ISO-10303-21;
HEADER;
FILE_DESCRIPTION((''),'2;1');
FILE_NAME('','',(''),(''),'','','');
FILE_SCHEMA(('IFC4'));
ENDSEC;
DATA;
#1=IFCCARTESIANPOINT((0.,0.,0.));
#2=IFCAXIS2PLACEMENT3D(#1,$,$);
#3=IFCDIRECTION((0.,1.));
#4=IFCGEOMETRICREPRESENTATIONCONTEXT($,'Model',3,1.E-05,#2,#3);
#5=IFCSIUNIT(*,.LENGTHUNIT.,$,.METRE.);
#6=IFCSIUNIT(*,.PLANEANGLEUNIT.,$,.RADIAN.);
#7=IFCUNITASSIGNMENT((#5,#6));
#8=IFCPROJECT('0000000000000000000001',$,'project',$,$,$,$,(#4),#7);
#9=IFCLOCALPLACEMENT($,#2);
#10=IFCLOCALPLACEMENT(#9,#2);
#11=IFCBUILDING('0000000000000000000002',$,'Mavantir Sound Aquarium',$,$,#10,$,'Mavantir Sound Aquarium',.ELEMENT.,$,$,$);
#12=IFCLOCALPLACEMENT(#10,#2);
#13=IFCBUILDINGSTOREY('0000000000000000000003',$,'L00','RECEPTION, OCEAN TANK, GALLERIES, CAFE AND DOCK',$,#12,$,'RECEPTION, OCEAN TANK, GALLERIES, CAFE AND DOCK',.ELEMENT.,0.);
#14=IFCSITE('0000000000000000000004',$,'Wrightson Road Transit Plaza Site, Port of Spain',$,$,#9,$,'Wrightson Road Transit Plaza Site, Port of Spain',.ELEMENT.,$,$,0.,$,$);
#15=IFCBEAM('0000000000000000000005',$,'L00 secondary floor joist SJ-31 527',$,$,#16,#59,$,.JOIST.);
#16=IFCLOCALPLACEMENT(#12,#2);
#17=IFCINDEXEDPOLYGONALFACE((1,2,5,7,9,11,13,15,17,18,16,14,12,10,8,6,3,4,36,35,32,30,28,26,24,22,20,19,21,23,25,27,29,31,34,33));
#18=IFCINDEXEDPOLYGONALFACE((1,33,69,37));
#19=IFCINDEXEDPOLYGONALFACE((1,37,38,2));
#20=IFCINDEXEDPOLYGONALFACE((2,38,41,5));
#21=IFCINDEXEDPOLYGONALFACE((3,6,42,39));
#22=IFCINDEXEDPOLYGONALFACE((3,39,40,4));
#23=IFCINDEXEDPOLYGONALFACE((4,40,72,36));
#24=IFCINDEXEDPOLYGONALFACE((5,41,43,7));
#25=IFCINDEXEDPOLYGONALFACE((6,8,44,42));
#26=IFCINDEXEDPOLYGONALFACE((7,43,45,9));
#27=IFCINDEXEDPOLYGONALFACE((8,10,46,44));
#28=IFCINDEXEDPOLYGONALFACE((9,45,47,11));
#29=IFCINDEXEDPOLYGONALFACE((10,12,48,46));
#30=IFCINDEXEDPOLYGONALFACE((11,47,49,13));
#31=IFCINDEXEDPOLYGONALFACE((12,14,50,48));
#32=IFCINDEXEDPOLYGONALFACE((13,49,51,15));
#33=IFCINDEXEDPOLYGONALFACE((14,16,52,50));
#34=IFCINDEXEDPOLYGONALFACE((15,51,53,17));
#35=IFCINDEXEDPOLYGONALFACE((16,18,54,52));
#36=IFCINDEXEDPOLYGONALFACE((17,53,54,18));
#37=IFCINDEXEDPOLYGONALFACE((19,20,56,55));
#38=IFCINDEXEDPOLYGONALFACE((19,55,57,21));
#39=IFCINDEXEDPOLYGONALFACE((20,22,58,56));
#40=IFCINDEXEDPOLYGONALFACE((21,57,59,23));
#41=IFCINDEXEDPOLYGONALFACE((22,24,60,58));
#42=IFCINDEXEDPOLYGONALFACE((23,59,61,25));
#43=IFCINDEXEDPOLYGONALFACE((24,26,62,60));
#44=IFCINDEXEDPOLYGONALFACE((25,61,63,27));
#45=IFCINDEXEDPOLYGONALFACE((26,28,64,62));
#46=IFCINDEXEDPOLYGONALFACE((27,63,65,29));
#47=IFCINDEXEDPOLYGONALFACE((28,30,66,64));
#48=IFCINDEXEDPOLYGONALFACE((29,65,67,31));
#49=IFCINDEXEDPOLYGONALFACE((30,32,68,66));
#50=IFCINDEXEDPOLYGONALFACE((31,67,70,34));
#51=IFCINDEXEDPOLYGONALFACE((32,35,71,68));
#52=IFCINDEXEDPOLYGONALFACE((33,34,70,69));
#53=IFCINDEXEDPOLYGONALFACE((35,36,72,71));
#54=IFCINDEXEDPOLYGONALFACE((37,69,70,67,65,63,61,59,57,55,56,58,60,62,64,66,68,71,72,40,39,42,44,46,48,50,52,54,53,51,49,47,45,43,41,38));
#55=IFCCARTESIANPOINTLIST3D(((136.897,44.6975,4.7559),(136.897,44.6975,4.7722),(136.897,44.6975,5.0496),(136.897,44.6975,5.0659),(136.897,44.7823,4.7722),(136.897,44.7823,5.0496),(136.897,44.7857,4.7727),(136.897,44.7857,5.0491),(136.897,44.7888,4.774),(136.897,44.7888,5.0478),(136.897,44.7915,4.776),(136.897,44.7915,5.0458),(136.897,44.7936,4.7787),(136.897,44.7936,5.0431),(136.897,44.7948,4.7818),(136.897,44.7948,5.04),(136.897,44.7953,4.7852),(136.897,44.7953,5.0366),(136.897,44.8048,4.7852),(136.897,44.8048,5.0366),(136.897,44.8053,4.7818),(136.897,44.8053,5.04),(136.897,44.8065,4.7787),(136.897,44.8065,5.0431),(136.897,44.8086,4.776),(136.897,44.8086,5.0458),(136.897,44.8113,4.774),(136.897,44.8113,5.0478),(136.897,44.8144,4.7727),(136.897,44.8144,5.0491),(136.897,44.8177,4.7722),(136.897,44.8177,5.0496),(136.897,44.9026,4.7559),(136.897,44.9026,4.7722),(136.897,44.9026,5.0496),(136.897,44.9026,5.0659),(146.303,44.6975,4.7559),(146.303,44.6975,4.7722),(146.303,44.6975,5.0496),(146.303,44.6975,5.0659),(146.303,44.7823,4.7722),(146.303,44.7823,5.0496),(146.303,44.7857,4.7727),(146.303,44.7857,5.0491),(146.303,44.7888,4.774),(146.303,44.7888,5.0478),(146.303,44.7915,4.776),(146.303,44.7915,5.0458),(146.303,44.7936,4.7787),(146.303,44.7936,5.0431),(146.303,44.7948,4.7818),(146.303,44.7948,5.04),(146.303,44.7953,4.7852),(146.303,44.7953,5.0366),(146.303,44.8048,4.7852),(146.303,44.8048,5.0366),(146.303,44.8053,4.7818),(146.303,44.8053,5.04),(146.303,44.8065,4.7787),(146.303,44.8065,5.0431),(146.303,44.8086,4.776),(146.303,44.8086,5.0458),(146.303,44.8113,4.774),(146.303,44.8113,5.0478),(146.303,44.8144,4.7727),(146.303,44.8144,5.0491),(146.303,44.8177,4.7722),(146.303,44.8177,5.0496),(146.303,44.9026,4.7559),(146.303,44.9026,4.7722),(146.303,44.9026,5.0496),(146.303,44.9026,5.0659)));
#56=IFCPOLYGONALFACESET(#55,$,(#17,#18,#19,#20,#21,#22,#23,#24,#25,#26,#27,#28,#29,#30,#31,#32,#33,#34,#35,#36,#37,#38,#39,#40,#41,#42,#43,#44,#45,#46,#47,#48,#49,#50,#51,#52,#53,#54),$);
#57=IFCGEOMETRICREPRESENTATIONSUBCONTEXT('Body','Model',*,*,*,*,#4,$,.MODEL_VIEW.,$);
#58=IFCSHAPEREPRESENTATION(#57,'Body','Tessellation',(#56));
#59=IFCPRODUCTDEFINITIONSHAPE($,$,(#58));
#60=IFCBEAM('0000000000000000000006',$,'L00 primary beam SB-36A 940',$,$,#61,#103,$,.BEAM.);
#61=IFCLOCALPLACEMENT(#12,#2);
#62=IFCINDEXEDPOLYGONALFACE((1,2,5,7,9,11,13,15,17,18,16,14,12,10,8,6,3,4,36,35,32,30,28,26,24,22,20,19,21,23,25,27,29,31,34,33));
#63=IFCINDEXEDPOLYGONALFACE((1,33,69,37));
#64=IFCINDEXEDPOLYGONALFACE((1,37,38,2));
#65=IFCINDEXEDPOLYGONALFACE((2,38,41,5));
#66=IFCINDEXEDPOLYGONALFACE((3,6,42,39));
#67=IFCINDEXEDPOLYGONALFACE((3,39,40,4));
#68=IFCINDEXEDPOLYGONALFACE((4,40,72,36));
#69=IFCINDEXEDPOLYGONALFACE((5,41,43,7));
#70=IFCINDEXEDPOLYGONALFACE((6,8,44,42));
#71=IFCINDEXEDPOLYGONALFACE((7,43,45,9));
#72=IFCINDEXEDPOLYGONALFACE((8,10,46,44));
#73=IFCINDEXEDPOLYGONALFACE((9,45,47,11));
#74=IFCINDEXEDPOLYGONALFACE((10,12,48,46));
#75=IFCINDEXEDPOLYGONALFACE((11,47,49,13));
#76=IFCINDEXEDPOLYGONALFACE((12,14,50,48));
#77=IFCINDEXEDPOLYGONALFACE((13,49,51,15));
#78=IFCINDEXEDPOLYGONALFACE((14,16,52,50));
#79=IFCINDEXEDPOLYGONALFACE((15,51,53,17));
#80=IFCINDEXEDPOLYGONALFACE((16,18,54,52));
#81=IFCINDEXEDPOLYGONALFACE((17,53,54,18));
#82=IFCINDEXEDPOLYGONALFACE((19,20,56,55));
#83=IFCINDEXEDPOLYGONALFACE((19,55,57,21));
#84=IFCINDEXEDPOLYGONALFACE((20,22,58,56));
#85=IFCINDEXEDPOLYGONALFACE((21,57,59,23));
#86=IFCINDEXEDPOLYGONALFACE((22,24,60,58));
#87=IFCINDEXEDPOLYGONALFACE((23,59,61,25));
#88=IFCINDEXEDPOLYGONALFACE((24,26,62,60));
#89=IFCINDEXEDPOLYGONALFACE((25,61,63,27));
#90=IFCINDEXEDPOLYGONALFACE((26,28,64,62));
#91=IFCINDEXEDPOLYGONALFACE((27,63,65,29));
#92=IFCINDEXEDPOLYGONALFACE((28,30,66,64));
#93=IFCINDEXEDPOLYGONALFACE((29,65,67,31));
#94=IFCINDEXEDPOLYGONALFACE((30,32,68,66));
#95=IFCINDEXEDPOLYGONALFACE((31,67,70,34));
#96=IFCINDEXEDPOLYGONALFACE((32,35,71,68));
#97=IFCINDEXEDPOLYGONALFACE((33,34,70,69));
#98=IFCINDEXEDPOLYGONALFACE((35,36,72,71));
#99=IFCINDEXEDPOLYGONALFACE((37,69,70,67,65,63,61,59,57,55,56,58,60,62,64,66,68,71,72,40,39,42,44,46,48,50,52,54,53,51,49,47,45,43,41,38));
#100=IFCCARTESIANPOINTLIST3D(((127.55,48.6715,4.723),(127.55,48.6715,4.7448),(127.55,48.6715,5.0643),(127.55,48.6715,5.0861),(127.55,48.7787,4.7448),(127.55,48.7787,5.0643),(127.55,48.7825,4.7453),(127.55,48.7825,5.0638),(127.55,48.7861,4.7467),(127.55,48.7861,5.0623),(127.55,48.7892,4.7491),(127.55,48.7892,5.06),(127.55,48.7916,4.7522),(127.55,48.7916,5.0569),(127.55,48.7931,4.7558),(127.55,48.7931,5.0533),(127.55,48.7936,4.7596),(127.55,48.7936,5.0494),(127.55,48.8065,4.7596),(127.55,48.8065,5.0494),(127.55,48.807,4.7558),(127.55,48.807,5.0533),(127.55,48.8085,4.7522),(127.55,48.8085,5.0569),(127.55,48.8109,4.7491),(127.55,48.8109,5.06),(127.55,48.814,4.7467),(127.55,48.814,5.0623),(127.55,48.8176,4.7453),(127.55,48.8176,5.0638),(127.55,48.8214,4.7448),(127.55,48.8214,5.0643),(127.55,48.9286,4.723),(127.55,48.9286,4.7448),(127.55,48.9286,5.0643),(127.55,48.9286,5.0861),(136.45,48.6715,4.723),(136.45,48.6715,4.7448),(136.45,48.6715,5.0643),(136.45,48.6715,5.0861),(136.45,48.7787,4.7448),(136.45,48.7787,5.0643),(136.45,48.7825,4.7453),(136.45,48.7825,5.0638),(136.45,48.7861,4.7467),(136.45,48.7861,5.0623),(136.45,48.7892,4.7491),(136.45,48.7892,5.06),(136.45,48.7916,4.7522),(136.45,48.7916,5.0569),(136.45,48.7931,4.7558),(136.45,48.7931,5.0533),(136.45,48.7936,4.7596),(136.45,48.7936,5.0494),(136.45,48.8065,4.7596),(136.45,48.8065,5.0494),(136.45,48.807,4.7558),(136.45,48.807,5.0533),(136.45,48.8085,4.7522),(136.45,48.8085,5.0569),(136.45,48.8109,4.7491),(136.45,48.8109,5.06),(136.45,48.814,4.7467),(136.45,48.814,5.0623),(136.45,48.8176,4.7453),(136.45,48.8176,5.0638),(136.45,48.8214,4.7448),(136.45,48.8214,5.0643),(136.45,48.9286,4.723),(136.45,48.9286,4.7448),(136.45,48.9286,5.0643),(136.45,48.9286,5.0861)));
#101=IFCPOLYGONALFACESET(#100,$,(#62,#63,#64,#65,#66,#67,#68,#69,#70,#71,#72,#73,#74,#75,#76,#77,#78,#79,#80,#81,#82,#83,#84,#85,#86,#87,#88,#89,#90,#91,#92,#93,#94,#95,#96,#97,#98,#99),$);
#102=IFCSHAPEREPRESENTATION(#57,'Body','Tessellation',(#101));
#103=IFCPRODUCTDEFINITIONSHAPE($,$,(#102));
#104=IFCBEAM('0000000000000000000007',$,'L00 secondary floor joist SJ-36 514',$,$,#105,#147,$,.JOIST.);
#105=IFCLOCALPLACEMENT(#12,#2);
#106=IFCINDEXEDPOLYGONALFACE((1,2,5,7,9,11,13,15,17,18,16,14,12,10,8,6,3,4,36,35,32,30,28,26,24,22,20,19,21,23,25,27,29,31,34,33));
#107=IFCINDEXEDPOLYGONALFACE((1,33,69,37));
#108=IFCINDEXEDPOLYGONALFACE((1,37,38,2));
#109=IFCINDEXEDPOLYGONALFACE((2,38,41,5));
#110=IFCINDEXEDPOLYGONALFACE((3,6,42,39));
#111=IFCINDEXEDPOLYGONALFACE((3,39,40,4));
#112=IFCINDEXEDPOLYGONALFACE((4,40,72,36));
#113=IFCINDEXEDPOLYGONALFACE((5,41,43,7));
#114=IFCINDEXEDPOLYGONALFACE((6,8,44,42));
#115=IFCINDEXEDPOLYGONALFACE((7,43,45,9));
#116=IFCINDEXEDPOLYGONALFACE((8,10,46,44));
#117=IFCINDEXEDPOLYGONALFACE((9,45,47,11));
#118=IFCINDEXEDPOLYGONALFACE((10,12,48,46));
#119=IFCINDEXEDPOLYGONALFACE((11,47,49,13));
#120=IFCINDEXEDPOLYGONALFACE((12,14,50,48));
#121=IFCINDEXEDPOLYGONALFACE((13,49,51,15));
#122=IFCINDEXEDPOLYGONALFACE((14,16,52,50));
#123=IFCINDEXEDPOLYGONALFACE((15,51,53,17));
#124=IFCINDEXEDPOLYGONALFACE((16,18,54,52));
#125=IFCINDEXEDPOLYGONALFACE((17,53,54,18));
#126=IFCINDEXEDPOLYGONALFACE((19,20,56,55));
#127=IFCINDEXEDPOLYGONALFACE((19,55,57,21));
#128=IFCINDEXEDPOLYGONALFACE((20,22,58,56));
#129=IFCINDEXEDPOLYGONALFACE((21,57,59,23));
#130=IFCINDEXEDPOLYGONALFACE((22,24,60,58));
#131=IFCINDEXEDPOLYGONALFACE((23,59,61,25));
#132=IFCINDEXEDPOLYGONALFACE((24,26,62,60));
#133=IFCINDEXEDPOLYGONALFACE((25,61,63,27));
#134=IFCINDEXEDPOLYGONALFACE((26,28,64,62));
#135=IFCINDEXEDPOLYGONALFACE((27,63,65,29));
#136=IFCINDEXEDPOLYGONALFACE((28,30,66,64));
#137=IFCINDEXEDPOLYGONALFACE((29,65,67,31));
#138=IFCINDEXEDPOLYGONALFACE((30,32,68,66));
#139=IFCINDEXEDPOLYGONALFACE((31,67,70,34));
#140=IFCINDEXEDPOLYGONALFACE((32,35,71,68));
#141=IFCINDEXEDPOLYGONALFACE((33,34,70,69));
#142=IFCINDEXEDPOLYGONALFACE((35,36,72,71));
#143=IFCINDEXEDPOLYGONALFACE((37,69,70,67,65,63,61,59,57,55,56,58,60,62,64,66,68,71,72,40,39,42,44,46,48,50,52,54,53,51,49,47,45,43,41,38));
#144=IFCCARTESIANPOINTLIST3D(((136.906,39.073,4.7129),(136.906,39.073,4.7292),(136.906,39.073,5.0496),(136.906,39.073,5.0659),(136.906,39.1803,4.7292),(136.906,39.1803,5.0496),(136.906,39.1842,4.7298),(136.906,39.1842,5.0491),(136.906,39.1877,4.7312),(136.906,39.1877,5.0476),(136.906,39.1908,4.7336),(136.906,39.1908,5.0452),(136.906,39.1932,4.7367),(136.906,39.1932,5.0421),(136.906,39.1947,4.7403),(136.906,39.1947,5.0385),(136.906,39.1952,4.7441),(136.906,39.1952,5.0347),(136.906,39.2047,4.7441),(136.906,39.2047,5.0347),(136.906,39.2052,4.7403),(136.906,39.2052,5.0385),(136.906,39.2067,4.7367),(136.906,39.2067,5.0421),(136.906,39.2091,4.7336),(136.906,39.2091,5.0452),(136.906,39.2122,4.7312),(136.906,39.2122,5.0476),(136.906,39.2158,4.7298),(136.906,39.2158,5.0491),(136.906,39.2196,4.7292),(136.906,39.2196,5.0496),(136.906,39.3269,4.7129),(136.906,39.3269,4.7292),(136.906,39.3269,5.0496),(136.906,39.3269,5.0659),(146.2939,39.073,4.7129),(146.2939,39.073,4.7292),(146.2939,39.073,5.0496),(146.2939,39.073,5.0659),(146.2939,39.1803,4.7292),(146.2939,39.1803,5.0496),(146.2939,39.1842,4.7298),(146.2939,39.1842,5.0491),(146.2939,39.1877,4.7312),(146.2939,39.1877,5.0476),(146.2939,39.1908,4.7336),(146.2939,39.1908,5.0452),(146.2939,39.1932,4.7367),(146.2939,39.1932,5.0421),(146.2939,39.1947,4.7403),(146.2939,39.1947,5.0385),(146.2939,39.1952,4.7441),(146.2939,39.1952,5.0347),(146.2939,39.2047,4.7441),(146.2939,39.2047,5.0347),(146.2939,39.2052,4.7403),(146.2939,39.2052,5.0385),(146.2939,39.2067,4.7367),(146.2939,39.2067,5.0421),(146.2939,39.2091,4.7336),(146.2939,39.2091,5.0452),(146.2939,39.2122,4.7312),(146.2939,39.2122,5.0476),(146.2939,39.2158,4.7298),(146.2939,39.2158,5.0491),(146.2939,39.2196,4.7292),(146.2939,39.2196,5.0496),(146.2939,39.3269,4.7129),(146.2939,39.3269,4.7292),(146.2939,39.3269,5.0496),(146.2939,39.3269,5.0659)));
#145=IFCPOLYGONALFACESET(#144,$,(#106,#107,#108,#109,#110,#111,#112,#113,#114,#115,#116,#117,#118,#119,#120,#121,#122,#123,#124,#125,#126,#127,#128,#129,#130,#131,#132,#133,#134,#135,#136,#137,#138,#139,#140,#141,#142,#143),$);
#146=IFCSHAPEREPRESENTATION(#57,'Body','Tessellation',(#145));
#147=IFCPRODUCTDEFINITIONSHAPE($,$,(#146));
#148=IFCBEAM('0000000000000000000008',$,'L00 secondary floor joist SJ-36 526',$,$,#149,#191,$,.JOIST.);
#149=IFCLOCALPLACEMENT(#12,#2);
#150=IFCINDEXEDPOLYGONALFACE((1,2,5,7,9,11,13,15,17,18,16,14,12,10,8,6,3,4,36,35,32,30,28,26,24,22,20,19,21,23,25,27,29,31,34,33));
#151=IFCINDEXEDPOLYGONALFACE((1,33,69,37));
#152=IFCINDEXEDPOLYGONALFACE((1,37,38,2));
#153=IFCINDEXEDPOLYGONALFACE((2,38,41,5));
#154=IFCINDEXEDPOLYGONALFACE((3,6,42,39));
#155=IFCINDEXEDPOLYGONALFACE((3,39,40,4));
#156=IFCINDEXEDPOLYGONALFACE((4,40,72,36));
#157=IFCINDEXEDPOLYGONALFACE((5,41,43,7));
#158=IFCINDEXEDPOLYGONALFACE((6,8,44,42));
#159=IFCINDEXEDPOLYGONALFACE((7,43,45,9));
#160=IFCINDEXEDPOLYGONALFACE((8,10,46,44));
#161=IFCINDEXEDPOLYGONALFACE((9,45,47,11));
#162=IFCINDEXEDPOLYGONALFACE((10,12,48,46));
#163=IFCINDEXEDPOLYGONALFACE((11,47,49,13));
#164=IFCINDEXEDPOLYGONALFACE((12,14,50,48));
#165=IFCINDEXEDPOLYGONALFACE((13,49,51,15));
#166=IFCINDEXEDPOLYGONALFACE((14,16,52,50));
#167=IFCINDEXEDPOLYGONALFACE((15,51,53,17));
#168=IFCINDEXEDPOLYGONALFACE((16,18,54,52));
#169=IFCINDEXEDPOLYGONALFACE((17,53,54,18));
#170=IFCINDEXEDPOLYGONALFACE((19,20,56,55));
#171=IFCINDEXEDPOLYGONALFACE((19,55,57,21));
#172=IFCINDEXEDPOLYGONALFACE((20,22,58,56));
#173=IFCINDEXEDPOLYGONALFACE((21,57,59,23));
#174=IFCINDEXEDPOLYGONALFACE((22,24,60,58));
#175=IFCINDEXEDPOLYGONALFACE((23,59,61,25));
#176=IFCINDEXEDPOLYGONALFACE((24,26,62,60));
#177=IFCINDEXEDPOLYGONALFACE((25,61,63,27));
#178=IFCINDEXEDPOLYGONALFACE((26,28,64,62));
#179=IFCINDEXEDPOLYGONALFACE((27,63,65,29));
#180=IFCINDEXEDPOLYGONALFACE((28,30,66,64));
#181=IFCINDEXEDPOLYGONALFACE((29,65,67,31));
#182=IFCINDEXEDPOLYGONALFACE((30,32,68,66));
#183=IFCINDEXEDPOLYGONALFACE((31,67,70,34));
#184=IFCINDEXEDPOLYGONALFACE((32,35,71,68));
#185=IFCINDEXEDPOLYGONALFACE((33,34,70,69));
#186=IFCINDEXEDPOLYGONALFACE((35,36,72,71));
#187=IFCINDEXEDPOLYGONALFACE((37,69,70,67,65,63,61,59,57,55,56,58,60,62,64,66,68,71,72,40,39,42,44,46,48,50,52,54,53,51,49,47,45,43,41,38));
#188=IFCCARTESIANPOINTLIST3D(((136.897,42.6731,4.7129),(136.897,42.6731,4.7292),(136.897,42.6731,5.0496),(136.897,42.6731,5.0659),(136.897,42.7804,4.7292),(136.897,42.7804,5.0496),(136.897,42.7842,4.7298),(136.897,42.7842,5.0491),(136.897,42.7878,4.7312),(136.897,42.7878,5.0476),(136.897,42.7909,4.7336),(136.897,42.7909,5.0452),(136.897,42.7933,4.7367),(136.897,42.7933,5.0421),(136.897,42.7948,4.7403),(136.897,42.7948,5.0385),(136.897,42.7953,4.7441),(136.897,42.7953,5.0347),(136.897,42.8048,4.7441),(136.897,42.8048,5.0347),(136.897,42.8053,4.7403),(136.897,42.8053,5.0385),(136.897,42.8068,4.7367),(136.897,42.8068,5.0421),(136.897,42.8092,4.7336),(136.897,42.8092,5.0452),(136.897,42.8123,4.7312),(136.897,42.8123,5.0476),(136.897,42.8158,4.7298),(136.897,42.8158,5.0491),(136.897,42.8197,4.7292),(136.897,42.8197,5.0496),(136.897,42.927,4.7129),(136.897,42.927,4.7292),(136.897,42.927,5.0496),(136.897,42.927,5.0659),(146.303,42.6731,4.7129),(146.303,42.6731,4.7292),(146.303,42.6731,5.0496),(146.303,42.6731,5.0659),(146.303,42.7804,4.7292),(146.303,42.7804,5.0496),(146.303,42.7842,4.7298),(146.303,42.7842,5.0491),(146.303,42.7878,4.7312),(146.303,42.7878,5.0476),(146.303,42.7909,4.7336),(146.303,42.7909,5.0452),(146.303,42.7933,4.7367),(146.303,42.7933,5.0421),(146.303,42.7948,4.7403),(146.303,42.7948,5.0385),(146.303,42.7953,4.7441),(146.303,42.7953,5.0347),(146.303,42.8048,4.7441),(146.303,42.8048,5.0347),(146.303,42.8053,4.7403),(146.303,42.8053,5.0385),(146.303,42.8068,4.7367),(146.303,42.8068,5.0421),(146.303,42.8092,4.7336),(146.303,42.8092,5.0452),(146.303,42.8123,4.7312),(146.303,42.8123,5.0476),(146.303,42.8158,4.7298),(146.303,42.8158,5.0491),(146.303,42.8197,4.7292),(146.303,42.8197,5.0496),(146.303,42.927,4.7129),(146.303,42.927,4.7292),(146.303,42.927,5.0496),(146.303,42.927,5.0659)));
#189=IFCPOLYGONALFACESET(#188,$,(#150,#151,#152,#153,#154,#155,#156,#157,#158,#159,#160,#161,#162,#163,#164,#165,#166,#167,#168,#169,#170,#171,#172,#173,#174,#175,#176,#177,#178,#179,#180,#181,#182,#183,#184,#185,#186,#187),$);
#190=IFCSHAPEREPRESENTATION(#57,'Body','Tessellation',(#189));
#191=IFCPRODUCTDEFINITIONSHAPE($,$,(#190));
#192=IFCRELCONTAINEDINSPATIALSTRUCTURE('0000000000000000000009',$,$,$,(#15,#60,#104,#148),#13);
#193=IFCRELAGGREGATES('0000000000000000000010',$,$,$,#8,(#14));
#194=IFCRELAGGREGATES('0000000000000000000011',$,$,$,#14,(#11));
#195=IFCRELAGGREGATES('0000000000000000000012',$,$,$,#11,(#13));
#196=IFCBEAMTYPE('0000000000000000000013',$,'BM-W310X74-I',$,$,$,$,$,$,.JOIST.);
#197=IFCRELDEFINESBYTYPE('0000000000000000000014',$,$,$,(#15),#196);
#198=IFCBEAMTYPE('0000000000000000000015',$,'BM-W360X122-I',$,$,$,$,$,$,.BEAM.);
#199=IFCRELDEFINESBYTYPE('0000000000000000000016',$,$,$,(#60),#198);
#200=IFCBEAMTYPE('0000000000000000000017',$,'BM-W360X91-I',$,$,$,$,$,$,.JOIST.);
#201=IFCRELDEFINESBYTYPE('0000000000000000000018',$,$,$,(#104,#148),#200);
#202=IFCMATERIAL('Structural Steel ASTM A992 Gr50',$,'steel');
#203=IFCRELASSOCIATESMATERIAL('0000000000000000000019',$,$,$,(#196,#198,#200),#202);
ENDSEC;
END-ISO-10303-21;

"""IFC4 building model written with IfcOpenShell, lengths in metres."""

from ifc_helpers import new_model, si_unit, direction, frame, origin, origin_2d, place, context, subcontext, project, spatial, i_section, extrude, material, material_profile, profile_set, type_object, element, save


model = new_model("IFC4")

# Units and contexts
model_context = context("Model", 3, precision=1e-05, world=origin(), true_north=direction((0.0, 1.0)))
body_context = subcontext(model_context, "Body", "Model", "MODEL_VIEW")
ifc_project = project(units=[si_unit("LENGTHUNIT", "METRE"), si_unit("PLANEANGLEUNIT", "RADIAN")], contexts=[model_context])

# Site, building, storey
site_placement = place(None, origin())
site = spatial("IfcSite", under=ifc_project, at=site_placement, Name="Wrightson Road Transit Plaza Site, Port of Spain", LongName="Wrightson Road Transit Plaza Site, Port of Spain", CompositionType="ELEMENT", RefElevation=0.0)
building_placement = place(site_placement, origin())
building = spatial("IfcBuilding", under=site, at=building_placement, Name="Mavantir Sound Aquarium", LongName="Mavantir Sound Aquarium", CompositionType="ELEMENT")
storey_placement = place(building_placement, origin())
storey = spatial("IfcBuildingStorey", under=building, at=storey_placement, Name="L00", Description="RECEPTION, OCEAN TANK, GALLERIES, CAFE AND DOCK", LongName="RECEPTION, OCEAN TANK, GALLERIES, CAFE AND DOCK", CompositionType="ELEMENT", Elevation=0.0)

# Beams
ifc_material_1 = material(Name="Structural Steel ASTM A992 Gr50", Category="steel")
ifc_material_profile_1 = material_profile(ifc_material_1, i_section(OverallWidth=0.2051, OverallDepth=0.3101, WebThickness=0.0095, FlangeThickness=0.0164, FilletRadius=0.0129, at=origin_2d()), Name="W310X74")
ifc_profile_set_1 = profile_set([ifc_material_profile_1], Name="Structural Steel ASTM A992 Gr50")
beam_type_1 = type_object("IfcBeamType", Name="BM-W310X74-I", PredefinedType="JOIST", material=ifc_profile_set_1)
beam_1_placement = place(storey_placement, frame((136.897, 44.8, 4.9109), z_axis=(1.0, 0.0, 0.0), x_axis=(0.0, 1.0, 0.0)))
element("IfcBeam", 1, at=beam_1_placement, inside=storey, type_object=beam_type_1, Name="L00 secondary floor joist SJ-31 527", PredefinedType="JOIST", context=body_context, shape_type="SweptSolid", body=[
    extrude(i_section(OverallWidth=0.2051, OverallDepth=0.3101, WebThickness=0.0095, FlangeThickness=0.0164, FilletRadius=0.0129, at=origin_2d()), origin(), (0.0, 0.0, 1.0), 9.406),
])
ifc_material_profile_2 = material_profile(ifc_material_1, i_section(OverallWidth=0.2571, OverallDepth=0.363, WebThickness=0.0129, FlangeThickness=0.0217, FilletRadius=0.0149, at=origin_2d()), Name="W360X122")
ifc_profile_set_2 = profile_set([ifc_material_profile_2], Name="Structural Steel ASTM A992 Gr50")
beam_type_2 = type_object("IfcBeamType", Name="BM-W360X122-I", PredefinedType="BEAM", material=ifc_profile_set_2)
beam_2_placement = place(storey_placement, frame((127.55, 48.8, 4.9045), z_axis=(1.0, 0.0, 0.0), x_axis=(0.0, 1.0, 0.0)))
element("IfcBeam", 2, at=beam_2_placement, inside=storey, type_object=beam_type_2, Name="L00 primary beam SB-36A 940", PredefinedType="BEAM", context=body_context, shape_type="SweptSolid", body=[
    extrude(i_section(OverallWidth=0.2571, OverallDepth=0.363, WebThickness=0.0129, FlangeThickness=0.0217, FilletRadius=0.0149, at=origin_2d()), origin(), (0.0, 0.0, 1.0), 8.8999),
])
ifc_material_profile_3 = material_profile(ifc_material_1, i_section(OverallWidth=0.2539, OverallDepth=0.353, WebThickness=0.0095, FlangeThickness=0.0164, FilletRadius=0.0149, at=origin_2d()), Name="W360X91")
ifc_profile_set_3 = profile_set([ifc_material_profile_3], Name="Structural Steel ASTM A992 Gr50")
beam_type_3 = type_object("IfcBeamType", Name="BM-W360X91-I", PredefinedType="JOIST", material=ifc_profile_set_3)
beam_3_placement = place(storey_placement, frame((136.906, 39.2, 4.8894), z_axis=(1.0, 0.0, 0.0), x_axis=(0.0, 1.0, 0.0)))
element("IfcBeam", 3, at=beam_3_placement, inside=storey, type_object=beam_type_3, Name="L00 secondary floor joist SJ-36 514", PredefinedType="JOIST", context=body_context, shape_type="SweptSolid", body=[
    extrude(i_section(OverallWidth=0.2539, OverallDepth=0.353, WebThickness=0.0095, FlangeThickness=0.0164, FilletRadius=0.0149, at=origin_2d()), origin(), (0.0, 0.0, 1.0), 9.3879),
])
beam_4_placement = place(storey_placement, frame((136.897, 42.8, 4.8894), z_axis=(1.0, 0.0, 0.0), x_axis=(0.0, 1.0, 0.0)))
element("IfcBeam", 4, at=beam_4_placement, inside=storey, type_object=beam_type_3, Name="L00 secondary floor joist SJ-36 526", PredefinedType="JOIST", context=body_context, shape_type="SweptSolid", body=[
    extrude(i_section(OverallWidth=0.2539, OverallDepth=0.353, WebThickness=0.0095, FlangeThickness=0.0164, FilletRadius=0.0149, at=origin_2d()), origin(), (0.0, 0.0, 1.0), 9.406),
])

save(model, "model.ifc")
